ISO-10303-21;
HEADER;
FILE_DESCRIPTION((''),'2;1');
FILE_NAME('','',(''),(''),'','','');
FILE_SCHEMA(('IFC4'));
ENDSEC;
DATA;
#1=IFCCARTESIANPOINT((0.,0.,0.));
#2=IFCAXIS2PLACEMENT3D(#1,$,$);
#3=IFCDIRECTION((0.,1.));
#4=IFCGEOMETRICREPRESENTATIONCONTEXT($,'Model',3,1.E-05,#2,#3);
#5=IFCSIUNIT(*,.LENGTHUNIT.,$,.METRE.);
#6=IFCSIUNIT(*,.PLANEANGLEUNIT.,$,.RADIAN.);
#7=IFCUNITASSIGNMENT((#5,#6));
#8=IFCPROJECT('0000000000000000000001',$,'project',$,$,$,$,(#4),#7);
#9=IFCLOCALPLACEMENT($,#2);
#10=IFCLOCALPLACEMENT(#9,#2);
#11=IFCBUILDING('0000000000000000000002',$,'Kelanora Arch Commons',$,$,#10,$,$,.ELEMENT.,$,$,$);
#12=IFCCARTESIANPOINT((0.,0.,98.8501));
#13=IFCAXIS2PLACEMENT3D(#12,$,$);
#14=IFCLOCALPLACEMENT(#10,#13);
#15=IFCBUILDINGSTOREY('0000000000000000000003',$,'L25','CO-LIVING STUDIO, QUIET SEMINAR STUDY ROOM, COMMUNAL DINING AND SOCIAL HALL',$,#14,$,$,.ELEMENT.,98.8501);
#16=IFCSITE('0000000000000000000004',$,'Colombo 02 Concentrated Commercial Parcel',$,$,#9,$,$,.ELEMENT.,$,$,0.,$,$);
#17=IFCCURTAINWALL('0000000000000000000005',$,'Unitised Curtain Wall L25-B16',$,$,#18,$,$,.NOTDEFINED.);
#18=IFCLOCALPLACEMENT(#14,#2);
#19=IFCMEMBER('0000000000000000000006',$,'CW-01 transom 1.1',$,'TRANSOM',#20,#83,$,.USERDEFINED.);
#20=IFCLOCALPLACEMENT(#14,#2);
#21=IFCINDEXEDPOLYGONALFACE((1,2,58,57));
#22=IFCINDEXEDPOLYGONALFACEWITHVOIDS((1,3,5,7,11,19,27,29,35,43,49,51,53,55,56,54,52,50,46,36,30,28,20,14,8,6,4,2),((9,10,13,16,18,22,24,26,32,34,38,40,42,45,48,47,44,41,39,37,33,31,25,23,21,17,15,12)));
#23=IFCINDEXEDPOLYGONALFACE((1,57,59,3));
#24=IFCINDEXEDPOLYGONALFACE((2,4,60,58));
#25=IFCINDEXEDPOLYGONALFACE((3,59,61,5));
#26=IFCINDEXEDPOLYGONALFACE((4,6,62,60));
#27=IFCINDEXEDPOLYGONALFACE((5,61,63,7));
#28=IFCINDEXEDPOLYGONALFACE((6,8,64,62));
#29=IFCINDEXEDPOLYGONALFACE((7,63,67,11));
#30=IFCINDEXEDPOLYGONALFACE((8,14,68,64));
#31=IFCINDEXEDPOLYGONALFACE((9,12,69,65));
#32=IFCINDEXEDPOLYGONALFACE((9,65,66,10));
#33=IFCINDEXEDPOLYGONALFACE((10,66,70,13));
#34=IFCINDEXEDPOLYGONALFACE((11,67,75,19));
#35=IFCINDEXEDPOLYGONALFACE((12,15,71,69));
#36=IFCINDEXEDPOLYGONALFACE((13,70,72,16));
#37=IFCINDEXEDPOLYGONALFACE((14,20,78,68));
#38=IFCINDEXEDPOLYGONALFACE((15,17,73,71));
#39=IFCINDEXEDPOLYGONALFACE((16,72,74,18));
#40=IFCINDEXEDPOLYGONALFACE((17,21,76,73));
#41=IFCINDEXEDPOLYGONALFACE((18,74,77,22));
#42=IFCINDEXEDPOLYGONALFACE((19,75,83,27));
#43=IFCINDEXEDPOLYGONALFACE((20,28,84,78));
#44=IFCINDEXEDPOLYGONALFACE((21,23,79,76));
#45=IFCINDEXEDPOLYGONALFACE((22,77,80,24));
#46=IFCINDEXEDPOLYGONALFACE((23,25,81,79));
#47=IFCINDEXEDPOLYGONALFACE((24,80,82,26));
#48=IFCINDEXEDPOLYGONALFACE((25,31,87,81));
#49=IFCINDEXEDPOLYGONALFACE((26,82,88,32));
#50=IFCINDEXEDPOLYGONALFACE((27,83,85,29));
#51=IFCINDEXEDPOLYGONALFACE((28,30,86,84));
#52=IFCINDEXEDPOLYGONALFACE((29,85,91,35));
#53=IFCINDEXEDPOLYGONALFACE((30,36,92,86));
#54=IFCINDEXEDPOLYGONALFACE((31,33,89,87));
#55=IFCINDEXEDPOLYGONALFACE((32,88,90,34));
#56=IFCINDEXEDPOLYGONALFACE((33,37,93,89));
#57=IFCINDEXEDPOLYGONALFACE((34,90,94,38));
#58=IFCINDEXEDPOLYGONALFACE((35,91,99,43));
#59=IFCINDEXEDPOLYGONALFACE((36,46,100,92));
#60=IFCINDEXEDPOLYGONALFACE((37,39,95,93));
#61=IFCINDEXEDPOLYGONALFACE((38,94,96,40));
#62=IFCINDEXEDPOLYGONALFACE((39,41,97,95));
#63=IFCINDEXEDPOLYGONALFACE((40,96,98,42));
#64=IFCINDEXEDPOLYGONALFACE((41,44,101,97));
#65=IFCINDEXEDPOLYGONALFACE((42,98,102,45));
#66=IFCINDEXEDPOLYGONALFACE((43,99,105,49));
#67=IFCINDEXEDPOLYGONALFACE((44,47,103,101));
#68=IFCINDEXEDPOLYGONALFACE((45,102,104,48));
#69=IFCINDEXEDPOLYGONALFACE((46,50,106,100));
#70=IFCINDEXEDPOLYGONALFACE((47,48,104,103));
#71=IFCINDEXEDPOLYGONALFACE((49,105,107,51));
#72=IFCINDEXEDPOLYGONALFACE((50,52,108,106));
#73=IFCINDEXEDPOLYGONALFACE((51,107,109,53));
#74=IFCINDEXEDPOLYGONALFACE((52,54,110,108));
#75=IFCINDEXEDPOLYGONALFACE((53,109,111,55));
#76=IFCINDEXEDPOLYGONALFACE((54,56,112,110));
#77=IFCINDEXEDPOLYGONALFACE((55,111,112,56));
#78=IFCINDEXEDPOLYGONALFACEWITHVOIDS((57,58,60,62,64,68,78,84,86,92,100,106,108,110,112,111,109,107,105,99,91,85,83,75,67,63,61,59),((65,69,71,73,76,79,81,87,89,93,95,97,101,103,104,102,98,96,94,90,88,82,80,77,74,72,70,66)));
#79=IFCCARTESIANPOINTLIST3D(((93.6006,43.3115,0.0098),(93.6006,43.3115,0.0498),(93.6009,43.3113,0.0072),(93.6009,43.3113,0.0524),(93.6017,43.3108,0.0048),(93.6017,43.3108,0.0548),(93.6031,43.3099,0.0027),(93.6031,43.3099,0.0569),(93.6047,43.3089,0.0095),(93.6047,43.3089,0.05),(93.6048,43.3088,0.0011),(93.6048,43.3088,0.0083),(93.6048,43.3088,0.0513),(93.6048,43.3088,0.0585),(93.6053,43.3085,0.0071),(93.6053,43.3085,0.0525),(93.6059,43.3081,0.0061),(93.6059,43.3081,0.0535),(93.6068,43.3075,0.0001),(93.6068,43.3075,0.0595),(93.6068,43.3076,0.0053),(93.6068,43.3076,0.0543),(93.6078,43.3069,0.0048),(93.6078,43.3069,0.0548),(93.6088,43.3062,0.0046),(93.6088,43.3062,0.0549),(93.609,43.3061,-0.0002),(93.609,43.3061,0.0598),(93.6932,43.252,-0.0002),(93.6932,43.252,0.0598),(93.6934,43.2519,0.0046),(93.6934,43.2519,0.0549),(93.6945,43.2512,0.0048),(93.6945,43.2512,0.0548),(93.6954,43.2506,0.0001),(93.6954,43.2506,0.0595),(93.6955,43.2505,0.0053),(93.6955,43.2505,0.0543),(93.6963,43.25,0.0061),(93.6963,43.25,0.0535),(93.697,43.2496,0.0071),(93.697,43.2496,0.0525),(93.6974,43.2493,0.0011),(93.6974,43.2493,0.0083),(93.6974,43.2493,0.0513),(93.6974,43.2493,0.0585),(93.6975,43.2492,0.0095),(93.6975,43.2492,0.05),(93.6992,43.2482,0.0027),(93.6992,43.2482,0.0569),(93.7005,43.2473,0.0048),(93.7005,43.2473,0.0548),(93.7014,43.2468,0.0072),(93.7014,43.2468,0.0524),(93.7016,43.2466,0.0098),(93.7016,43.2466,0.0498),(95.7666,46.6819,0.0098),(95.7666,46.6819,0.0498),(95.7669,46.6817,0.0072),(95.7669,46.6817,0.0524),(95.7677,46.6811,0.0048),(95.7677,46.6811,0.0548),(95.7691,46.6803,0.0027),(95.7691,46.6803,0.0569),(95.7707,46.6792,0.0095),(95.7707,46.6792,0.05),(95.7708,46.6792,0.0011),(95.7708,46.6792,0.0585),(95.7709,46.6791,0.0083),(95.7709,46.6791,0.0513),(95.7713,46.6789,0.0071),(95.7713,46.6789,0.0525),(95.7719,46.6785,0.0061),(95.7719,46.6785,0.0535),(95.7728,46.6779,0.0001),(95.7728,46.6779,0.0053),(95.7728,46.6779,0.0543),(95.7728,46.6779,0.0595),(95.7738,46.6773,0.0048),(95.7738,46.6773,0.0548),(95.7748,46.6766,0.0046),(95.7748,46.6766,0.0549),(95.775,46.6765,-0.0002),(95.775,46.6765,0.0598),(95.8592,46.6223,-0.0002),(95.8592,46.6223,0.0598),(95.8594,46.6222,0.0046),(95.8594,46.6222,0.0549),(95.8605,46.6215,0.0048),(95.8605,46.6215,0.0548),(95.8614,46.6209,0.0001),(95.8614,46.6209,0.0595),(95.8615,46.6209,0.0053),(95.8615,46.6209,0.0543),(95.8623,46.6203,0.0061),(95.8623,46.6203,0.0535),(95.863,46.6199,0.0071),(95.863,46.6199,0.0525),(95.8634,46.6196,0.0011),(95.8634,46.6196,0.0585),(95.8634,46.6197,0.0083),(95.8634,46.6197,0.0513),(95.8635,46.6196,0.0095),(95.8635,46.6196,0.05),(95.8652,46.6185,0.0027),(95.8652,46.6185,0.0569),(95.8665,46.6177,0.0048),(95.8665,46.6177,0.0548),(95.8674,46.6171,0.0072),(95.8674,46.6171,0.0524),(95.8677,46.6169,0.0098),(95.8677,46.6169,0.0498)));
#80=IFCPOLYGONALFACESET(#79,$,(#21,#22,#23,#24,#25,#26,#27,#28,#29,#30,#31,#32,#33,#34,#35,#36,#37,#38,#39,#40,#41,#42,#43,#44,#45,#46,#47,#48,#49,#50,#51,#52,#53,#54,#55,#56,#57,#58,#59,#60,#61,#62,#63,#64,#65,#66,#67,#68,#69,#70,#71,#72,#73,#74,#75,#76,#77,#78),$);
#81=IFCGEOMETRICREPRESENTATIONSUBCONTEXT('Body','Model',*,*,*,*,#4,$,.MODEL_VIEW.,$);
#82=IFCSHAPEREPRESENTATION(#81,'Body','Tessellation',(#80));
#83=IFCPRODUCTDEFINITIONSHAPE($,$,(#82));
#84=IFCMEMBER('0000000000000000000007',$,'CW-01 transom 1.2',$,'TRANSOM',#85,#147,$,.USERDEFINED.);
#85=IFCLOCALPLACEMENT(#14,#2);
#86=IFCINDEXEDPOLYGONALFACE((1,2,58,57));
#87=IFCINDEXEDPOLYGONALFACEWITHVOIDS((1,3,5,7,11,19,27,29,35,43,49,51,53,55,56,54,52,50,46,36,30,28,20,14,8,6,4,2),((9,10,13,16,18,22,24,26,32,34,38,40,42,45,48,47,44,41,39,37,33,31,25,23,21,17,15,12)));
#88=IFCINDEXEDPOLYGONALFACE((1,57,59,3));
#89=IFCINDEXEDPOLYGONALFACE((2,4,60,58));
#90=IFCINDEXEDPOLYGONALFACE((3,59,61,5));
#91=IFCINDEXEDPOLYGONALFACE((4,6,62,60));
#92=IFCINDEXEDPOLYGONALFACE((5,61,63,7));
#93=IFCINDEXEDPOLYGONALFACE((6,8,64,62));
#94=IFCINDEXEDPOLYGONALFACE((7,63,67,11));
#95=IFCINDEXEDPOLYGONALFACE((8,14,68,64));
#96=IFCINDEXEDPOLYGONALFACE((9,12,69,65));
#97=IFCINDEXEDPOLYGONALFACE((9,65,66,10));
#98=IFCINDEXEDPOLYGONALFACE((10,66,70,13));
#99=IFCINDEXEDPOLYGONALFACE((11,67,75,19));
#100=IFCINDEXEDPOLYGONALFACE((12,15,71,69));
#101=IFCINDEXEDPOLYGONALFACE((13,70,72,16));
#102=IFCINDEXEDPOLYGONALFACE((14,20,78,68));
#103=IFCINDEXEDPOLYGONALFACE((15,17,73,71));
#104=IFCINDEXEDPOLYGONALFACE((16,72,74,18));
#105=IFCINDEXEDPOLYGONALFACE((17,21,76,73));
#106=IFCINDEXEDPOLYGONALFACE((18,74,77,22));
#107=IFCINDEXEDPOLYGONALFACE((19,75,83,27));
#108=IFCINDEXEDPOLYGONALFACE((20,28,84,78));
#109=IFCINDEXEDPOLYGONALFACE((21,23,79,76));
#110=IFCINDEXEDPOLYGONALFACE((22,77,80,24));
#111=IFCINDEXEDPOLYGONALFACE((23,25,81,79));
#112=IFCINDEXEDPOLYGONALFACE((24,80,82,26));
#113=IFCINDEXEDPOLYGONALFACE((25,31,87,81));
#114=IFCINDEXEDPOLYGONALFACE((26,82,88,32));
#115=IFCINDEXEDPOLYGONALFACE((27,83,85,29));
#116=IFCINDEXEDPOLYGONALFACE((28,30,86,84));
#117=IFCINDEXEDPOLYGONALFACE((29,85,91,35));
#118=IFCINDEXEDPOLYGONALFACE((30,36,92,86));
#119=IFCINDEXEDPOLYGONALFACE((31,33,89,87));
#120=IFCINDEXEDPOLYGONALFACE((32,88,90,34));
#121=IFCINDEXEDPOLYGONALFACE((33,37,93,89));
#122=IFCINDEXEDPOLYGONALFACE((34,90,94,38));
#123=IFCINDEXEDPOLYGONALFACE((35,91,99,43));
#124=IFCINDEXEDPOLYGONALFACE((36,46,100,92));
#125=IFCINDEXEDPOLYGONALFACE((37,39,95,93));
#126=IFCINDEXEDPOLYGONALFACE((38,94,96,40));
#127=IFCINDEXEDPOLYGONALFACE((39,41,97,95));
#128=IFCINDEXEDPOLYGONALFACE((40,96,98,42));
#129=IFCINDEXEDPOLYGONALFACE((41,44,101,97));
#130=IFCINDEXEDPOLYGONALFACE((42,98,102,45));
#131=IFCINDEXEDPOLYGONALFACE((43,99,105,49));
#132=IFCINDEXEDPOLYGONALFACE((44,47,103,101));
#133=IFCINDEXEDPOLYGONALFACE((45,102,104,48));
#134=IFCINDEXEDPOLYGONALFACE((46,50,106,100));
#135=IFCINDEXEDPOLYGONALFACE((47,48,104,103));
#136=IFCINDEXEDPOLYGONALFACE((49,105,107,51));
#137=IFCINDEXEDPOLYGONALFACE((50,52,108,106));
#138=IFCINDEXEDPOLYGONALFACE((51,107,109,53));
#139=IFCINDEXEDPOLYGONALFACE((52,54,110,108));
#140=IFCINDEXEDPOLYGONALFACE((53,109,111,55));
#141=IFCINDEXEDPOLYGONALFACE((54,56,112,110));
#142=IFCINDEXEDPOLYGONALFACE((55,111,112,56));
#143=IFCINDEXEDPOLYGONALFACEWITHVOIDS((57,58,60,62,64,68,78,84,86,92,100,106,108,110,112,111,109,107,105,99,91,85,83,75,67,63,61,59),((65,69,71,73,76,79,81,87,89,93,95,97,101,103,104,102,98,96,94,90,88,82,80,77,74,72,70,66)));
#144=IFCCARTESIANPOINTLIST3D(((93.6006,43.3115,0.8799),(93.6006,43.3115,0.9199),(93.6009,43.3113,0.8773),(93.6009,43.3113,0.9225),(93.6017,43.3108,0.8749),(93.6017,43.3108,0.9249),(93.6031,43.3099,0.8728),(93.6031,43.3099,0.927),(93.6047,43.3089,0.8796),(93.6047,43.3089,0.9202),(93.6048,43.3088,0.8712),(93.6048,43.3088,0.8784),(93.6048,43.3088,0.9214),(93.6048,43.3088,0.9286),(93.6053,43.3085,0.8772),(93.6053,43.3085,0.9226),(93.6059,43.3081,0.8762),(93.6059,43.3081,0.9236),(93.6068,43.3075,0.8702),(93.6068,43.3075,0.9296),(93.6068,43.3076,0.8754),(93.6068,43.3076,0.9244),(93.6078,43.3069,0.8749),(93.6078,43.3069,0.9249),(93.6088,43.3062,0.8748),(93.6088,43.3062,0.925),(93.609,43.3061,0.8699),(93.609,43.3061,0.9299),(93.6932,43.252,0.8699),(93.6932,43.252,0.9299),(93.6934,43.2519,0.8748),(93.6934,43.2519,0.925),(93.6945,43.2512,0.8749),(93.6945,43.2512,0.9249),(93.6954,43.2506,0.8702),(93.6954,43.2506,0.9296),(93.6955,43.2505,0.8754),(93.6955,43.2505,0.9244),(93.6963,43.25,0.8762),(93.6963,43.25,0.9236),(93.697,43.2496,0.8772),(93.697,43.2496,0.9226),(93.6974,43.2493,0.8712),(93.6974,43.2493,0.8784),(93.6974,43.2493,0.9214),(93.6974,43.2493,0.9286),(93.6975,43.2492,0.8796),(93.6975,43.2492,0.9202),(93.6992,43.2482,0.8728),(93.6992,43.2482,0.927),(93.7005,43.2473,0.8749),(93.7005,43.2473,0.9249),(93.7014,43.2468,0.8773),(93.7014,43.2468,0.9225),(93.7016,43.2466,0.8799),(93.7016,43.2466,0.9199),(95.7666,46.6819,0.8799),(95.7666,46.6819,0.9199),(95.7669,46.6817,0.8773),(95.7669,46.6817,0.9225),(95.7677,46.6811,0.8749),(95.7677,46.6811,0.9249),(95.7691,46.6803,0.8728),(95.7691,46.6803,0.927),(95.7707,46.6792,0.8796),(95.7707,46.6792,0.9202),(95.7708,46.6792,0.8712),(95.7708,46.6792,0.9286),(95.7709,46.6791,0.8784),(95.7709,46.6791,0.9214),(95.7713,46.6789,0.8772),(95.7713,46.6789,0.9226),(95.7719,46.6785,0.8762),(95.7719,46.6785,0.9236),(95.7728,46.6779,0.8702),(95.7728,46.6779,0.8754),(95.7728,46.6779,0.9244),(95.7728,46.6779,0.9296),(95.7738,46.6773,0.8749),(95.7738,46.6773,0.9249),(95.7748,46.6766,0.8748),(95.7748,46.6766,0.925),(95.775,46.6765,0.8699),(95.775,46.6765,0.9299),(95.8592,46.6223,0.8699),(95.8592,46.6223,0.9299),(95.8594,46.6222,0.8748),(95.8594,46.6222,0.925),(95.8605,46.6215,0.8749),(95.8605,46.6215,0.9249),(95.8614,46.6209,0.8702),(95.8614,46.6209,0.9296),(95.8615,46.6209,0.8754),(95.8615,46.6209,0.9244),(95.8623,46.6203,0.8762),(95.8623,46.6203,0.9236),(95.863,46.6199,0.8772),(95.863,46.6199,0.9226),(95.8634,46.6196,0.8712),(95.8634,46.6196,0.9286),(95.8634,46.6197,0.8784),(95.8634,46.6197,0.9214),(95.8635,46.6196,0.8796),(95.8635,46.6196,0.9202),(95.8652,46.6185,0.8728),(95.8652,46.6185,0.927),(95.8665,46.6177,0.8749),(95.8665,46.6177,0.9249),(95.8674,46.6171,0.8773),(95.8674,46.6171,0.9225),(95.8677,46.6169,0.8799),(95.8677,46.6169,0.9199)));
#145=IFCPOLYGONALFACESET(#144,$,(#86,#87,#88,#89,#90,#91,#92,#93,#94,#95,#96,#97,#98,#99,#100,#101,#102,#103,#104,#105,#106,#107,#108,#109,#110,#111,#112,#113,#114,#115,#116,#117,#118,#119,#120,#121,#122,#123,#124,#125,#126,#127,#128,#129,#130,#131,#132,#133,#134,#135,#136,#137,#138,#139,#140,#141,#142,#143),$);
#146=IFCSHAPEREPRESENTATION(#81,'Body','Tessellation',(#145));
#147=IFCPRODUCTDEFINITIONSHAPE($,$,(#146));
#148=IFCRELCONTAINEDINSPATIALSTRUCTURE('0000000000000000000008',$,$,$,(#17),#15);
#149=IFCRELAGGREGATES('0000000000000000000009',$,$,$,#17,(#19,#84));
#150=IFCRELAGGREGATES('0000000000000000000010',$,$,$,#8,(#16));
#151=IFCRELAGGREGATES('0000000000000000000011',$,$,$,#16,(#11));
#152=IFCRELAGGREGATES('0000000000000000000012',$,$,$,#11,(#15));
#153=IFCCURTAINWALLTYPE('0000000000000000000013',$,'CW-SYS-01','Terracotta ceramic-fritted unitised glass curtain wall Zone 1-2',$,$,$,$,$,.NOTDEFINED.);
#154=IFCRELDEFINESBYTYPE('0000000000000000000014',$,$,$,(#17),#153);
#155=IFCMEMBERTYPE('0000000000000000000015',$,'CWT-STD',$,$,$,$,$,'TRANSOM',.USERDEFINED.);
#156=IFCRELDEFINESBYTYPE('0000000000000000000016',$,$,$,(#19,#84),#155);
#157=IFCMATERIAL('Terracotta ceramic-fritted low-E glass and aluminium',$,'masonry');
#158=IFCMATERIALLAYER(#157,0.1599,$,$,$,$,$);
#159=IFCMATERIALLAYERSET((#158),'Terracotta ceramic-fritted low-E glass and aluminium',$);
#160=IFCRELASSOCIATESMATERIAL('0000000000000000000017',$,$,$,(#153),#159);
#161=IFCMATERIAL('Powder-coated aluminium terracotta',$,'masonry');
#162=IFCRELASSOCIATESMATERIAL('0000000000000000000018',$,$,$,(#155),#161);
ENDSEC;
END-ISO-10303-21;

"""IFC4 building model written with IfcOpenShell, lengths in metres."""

from ifc_helpers import new_model, si_unit, direction, frame, origin, origin_2d, place, context, subcontext, project, spatial, hollow_rectangle, extrude, material, layer, layer_set, material_profile, profile_set, type_object, element, aggregate, save


model = new_model("IFC4")

# Units and contexts
model_context = context("Model", 3, precision=1e-05, world=origin(), true_north=direction((0.0, 1.0)))
body_context = subcontext(model_context, "Body", "Model", "MODEL_VIEW")
ifc_project = project(units=[si_unit("LENGTHUNIT", "METRE"), si_unit("PLANEANGLEUNIT", "RADIAN")], contexts=[model_context])

# Site, building, storey
site_placement = place(None, origin())
site = spatial("IfcSite", under=ifc_project, at=site_placement, Name="Colombo 02 Concentrated Commercial Parcel", CompositionType="ELEMENT", RefElevation=0.0)
building_placement = place(site_placement, origin())
building = spatial("IfcBuilding", under=site, at=building_placement, Name="Kelanora Arch Commons", CompositionType="ELEMENT")
storey_placement = place(building_placement, frame((0.0, 0.0, 98.8501)))
storey = spatial("IfcBuildingStorey", under=building, at=storey_placement, Name="L25", Description="CO-LIVING STUDIO, QUIET SEMINAR STUDY ROOM, COMMUNAL DINING AND SOCIAL HALL", CompositionType="ELEMENT", Elevation=98.8501)

# Shared definitions
ifc_material_1 = material(Name="Terracotta ceramic-fritted low-E glass and aluminium", Category="masonry")
ifc_layer_1 = layer(ifc_material_1, 0.1599)
ifc_layer_set_1 = layer_set([ifc_layer_1], Name="Terracotta ceramic-fritted low-E glass and aluminium")
curtain_wall_type = type_object("IfcCurtainWallType", Name="CW-SYS-01", Description="Terracotta ceramic-fritted unitised glass curtain wall Zone 1-2", PredefinedType="NOTDEFINED", material=ifc_layer_set_1)
ifc_material_2 = material(Name="Powder-coated aluminium terracotta", Category="masonry")

# Curtain wall, members
curtain_wall_1_placement = place(storey_placement, origin())
curtain_wall_1 = element("IfcCurtainWall", 1, at=curtain_wall_1_placement, inside=storey, type_object=curtain_wall_type, Name="Unitised Curtain Wall L25-B16", PredefinedType="NOTDEFINED")
ifc_material_profile_1 = material_profile(ifc_material_2, hollow_rectangle(XDim=0.1201, YDim=0.0601, WallThickness=0.0049, InnerFilletRadius=0.0049, OuterFilletRadius=0.01, at=origin_2d()), Name="CWT120x60")
ifc_profile_set_1 = profile_set([ifc_material_profile_1], Name="Powder-coated aluminium terracotta")
member_type_1 = type_object("IfcMemberType", Name="CWT-STD", ElementType="TRANSOM", PredefinedType="USERDEFINED", material=ifc_profile_set_1)
member_1_placement = place(storey_placement, frame((93.6511, 43.2791, 0.0298), z_axis=(0.540644, 0.841252, 0.0), x_axis=(-0.841252, 0.540644, 0.0)))
member_1 = element("IfcMember", 2, at=member_1_placement, type_object=member_type_1, Name="CW-01 transom 1.1", ObjectType="TRANSOM", PredefinedType="USERDEFINED", context=body_context, shape_type="SweptSolid", body=[
    extrude(hollow_rectangle(XDim=0.1201, YDim=0.0601, WallThickness=0.0049, InnerFilletRadius=0.0049, OuterFilletRadius=0.01, at=origin_2d()), origin(), (0.0, 0.0, 1.0), 4.0063),
])
member_2_placement = place(storey_placement, frame((93.6511, 43.2791, 0.8999), z_axis=(0.540644, 0.841252, 0.0), x_axis=(-0.841252, 0.540644, 0.0)))
member_2 = element("IfcMember", 3, at=member_2_placement, type_object=member_type_1, Name="CW-01 transom 1.2", ObjectType="TRANSOM", PredefinedType="USERDEFINED", context=body_context, shape_type="SweptSolid", body=[
    extrude(hollow_rectangle(XDim=0.1201, YDim=0.0601, WallThickness=0.0049, InnerFilletRadius=0.0049, OuterFilletRadius=0.01, at=origin_2d()), origin(), (0.0, 0.0, 1.0), 4.0063),
])
aggregate(curtain_wall_1, [member_1, member_2])

save(model, "model.ifc")
